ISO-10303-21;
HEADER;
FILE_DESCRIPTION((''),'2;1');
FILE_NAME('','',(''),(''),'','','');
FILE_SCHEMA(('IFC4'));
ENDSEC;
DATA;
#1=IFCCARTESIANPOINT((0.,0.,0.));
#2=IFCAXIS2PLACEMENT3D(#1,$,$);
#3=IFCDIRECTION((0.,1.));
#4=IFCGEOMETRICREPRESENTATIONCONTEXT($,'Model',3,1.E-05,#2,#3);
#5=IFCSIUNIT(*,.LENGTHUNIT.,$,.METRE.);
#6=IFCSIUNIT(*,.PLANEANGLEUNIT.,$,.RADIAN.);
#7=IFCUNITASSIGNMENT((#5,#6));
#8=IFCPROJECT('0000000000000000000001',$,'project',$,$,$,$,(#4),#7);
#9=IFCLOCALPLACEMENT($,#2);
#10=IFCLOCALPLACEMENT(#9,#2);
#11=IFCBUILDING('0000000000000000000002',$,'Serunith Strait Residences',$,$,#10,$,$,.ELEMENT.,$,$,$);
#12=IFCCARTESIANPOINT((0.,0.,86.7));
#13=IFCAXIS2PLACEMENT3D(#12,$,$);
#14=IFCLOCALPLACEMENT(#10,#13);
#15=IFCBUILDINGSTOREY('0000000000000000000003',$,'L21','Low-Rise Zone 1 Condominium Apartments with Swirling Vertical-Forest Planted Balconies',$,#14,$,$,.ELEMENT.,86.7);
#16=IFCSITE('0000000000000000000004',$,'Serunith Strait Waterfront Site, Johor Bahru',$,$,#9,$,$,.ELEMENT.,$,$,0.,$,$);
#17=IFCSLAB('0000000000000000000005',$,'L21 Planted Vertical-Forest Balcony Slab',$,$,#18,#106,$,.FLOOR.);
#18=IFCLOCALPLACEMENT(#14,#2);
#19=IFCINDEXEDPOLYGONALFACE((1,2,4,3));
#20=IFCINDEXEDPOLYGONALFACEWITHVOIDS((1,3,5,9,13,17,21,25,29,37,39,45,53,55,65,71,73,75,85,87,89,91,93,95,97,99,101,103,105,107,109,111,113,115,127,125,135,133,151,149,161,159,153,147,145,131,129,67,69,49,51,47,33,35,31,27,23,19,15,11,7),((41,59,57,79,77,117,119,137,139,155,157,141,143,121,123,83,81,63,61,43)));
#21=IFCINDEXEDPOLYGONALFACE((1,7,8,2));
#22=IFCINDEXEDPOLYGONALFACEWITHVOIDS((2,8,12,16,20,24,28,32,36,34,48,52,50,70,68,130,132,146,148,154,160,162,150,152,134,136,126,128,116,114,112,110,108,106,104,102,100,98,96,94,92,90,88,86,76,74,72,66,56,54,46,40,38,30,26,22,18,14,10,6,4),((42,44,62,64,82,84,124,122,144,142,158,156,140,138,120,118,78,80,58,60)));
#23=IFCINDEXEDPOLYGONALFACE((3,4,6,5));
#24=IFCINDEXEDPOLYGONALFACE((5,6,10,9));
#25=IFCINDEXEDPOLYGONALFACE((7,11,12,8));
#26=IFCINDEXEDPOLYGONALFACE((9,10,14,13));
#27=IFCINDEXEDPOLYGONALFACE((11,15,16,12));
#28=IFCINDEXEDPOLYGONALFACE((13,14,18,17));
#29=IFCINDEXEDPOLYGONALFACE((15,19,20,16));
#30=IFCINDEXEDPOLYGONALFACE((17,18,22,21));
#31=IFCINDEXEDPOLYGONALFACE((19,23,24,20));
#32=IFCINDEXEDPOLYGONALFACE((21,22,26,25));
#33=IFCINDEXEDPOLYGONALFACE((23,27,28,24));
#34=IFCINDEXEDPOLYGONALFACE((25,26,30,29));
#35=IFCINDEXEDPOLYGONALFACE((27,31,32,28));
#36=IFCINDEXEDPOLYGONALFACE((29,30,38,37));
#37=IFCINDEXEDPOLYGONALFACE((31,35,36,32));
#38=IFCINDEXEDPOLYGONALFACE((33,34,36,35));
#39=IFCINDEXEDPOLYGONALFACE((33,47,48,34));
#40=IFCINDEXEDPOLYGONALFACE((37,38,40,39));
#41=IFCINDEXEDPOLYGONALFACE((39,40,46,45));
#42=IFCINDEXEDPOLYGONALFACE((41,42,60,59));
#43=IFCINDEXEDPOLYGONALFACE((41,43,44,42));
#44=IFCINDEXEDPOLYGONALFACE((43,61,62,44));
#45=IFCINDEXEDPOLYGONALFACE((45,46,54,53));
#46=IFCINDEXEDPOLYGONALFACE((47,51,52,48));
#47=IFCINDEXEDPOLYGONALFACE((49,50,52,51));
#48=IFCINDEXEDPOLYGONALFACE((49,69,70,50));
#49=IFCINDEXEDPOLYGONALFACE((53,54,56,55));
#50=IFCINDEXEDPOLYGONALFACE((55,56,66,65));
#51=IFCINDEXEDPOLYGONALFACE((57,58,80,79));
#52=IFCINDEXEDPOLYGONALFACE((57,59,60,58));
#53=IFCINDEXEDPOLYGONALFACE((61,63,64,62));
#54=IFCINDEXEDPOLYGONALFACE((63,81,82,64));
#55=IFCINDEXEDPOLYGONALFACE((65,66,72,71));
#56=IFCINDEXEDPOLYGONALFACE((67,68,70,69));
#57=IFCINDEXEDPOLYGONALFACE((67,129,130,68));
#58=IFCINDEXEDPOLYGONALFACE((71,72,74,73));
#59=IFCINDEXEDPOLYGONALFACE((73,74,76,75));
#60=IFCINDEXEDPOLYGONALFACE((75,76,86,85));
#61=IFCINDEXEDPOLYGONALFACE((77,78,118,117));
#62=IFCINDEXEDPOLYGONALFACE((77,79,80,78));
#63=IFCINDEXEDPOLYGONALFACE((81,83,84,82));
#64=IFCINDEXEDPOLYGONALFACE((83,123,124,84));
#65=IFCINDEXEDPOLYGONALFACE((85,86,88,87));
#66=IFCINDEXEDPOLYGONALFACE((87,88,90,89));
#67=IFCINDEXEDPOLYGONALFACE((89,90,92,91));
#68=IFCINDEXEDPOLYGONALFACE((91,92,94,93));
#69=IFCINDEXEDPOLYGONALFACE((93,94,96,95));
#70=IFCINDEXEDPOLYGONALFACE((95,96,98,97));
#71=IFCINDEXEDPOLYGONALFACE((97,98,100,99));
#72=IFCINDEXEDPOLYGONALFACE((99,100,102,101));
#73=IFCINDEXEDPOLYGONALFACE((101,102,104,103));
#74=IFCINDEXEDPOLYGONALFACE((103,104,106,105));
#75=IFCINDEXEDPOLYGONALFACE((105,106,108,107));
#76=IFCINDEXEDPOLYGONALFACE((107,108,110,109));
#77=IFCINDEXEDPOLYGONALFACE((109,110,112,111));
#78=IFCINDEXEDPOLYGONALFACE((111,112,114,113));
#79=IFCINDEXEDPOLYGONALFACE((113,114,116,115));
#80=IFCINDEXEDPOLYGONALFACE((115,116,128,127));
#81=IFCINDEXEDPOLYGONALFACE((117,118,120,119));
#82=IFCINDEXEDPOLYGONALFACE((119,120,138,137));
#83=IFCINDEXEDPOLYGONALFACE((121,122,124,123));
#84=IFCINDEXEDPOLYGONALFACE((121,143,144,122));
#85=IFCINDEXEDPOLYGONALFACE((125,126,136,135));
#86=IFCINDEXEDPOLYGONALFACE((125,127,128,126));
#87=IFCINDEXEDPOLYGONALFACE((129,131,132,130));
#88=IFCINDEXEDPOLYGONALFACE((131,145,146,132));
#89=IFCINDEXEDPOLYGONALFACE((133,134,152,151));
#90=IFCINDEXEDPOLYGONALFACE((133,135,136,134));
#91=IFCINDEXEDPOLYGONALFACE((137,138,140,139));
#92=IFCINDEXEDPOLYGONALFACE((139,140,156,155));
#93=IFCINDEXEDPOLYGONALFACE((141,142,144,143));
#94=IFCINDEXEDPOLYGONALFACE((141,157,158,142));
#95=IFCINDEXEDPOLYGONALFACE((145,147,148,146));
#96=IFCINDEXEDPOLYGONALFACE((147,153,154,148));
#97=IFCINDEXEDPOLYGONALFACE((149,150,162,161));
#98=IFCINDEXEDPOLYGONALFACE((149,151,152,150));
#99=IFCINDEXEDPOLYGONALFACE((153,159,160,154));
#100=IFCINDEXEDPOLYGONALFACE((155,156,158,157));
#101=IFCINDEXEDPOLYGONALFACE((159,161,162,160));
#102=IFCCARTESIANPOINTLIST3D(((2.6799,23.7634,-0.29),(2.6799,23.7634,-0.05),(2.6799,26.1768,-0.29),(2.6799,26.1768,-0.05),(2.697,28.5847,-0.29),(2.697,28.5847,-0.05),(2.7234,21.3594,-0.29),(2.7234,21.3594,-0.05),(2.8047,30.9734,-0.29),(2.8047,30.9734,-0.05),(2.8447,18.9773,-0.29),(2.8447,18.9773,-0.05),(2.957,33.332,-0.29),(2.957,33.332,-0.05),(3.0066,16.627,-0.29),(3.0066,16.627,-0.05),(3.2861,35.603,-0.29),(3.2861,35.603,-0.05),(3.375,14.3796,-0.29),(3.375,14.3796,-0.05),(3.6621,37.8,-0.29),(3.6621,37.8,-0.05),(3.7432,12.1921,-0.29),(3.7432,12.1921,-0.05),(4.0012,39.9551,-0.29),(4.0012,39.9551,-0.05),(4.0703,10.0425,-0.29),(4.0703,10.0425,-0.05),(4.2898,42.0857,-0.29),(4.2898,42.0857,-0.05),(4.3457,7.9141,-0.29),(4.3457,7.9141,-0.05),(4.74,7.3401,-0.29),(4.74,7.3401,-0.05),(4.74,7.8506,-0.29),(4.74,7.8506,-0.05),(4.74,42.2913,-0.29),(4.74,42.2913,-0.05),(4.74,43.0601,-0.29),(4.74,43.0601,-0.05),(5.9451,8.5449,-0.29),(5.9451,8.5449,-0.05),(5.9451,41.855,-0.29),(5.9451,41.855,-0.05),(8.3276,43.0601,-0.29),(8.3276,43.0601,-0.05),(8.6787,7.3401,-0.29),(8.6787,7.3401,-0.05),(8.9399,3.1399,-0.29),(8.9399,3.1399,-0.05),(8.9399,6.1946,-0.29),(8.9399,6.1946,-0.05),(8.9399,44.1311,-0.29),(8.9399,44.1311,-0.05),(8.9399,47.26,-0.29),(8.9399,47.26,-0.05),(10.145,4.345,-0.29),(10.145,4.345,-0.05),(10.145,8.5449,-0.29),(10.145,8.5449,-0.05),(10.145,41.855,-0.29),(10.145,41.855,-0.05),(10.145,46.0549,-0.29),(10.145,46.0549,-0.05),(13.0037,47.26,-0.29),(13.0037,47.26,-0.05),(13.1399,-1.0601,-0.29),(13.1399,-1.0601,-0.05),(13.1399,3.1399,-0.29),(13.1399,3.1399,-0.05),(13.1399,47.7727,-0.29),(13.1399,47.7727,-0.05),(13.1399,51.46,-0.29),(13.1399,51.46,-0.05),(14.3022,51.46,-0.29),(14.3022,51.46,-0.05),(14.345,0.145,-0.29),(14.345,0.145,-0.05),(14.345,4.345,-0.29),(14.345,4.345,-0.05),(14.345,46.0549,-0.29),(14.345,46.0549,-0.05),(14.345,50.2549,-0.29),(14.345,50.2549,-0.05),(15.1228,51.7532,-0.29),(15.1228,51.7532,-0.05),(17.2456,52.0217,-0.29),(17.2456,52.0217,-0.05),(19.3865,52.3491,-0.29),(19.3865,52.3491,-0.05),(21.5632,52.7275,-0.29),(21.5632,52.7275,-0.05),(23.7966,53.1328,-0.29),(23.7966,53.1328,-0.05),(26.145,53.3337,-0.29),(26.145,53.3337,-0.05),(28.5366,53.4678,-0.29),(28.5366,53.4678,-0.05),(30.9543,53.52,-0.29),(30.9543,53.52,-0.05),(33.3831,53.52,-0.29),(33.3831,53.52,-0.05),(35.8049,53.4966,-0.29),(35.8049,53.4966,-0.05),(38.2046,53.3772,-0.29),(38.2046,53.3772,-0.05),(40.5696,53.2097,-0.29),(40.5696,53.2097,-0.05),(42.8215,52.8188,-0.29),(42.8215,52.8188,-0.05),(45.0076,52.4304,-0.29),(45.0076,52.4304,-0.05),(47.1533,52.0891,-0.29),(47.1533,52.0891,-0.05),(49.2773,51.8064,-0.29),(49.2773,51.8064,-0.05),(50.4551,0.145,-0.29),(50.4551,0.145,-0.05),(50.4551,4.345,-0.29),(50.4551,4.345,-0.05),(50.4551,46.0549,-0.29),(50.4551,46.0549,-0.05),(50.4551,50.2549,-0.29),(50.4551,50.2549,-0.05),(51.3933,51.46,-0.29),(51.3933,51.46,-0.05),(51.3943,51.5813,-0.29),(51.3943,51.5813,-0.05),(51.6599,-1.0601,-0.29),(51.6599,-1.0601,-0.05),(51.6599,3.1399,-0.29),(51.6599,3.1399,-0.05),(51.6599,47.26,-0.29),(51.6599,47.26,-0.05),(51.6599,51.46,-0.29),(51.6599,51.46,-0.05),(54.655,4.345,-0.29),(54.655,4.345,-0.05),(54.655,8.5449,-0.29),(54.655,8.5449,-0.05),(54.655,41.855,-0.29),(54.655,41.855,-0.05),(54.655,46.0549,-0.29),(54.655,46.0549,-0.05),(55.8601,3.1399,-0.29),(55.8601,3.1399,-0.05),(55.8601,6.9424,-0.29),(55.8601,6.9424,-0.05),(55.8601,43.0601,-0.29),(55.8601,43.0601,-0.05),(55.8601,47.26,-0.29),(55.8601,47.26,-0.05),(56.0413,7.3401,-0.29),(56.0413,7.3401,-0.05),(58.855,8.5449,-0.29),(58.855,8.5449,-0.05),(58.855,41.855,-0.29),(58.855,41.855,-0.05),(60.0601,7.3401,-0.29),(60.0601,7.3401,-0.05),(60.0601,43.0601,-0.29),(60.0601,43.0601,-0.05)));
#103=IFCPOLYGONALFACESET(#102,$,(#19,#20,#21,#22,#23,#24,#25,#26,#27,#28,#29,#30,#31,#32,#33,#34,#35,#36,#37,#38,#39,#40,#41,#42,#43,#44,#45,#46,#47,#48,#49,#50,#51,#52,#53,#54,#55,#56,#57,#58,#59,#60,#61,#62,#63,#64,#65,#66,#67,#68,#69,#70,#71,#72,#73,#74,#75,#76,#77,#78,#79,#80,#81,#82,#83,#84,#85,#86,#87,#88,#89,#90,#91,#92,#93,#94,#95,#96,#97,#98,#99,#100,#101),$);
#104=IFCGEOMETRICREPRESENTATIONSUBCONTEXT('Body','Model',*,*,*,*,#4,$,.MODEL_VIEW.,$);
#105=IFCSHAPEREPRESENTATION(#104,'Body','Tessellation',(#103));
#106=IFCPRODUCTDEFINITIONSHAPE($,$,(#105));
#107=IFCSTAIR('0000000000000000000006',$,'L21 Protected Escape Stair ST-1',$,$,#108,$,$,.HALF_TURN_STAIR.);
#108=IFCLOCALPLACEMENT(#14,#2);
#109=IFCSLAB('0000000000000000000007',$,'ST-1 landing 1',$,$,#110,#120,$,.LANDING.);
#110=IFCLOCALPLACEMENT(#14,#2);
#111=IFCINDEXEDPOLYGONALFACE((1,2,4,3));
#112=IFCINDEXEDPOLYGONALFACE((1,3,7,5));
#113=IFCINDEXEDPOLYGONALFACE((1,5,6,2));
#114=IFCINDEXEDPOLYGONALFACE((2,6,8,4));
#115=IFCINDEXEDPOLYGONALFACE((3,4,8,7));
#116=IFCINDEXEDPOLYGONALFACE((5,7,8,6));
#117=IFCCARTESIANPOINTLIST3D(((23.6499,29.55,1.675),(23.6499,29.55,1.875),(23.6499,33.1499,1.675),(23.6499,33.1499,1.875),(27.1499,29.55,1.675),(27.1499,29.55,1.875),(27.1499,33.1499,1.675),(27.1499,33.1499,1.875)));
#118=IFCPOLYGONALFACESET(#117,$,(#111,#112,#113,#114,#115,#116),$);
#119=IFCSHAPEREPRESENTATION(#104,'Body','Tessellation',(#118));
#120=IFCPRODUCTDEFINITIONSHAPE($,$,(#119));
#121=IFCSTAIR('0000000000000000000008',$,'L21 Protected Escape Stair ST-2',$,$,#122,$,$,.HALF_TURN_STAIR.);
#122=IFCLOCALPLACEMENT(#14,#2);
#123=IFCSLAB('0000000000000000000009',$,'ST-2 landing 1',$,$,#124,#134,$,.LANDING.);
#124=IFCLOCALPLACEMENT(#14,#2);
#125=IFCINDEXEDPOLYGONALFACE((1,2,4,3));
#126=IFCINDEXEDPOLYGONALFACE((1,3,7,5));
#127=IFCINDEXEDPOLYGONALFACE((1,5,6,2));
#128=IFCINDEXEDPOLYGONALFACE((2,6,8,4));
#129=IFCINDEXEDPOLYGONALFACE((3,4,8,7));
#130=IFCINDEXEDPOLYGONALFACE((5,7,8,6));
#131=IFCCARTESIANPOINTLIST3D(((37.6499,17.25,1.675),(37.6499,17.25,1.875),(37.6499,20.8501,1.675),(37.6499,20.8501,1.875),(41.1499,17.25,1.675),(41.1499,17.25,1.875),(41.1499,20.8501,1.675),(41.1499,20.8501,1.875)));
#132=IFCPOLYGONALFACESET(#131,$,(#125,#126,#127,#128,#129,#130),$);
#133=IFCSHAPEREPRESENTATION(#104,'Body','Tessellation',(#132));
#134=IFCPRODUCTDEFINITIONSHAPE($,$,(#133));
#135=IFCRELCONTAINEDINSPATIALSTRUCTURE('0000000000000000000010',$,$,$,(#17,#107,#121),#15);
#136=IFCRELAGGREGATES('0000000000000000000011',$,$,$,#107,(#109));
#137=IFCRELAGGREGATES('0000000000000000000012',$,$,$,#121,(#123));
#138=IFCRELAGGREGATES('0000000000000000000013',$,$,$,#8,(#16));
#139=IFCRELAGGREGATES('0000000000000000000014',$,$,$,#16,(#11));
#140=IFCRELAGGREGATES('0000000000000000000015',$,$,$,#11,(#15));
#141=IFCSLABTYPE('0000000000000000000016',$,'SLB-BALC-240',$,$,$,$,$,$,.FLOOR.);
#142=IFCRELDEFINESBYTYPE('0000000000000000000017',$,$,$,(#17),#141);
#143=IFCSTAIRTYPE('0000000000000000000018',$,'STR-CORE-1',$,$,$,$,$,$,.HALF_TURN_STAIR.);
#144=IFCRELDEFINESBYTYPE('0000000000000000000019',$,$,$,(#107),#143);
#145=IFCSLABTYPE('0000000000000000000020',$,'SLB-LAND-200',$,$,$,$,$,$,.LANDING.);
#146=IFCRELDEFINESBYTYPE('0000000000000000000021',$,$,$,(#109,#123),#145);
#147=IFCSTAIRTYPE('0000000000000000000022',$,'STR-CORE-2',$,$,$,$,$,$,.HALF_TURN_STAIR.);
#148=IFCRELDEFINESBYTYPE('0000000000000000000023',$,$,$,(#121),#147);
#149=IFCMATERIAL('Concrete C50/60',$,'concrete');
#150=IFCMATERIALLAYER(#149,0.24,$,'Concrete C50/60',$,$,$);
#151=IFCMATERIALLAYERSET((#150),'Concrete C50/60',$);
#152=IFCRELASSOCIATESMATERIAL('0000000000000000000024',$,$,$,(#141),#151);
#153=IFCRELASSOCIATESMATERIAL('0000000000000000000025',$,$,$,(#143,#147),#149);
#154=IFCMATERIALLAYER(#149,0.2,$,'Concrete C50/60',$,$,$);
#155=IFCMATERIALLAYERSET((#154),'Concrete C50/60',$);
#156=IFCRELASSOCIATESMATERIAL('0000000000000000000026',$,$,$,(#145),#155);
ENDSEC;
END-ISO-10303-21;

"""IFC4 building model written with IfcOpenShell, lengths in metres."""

from ifc_helpers import new_model, si_unit, direction, frame, origin, place, context, subcontext, project, spatial, polyline, outline, extrude, material, layer, layer_set, type_object, element, aggregate, save


model = new_model("IFC4")

# Units and contexts
model_context = context("Model", 3, precision=1e-05, world=origin(), true_north=direction((0.0, 1.0)))
body_context = subcontext(model_context, "Body", "Model", "MODEL_VIEW")
ifc_project = project(units=[si_unit("LENGTHUNIT", "METRE"), si_unit("PLANEANGLEUNIT", "RADIAN")], contexts=[model_context])

# Site, building, storey
site_placement = place(None, origin())
site = spatial("IfcSite", under=ifc_project, at=site_placement, Name="Serunith Strait Waterfront Site, Johor Bahru", CompositionType="ELEMENT", RefElevation=0.0)
building_placement = place(site_placement, origin())
building = spatial("IfcBuilding", under=site, at=building_placement, Name="Serunith Strait Residences", CompositionType="ELEMENT")
storey_placement = place(building_placement, frame((0.0, 0.0, 86.7)))
storey = spatial("IfcBuildingStorey", under=building, at=storey_placement, Name="L21", Description="Low-Rise Zone 1 Condominium Apartments with Swirling Vertical-Forest Planted Balconies", CompositionType="ELEMENT", Elevation=86.7)

# Slab
ifc_material_1 = material(Name="Concrete C50/60", Category="concrete")
ifc_layer_1 = layer(ifc_material_1, 0.24, Name="Concrete C50/60")
ifc_layer_set_1 = layer_set([ifc_layer_1], Name="Concrete C50/60")
slab_type_1 = type_object("IfcSlabType", Name="SLB-BALC-240", PredefinedType="FLOOR", material=ifc_layer_set_1)
slab_1_placement = place(storey_placement, frame((0.0, 0.0, -0.29)))
element("IfcSlab", 1, at=slab_1_placement, inside=storey, type_object=slab_type_1, Name="L21 Planted Vertical-Forest Balcony Slab", PredefinedType="FLOOR", context=body_context, shape_type="SweptSolid", body=[
    extrude(outline(polyline([(4.74, 7.8506), (4.3457, 7.9141), (4.0703, 10.0425), (3.7432, 12.1921), (3.375, 14.3796), (3.0066, 16.627), (2.8447, 18.9773), (2.7234, 21.3594), (2.6799, 23.7634), (2.6799, 26.1768), (2.697, 28.5847), (2.8047, 30.9734), (2.957, 33.332), (3.2861, 35.603), (3.6621, 37.8), (4.0012, 39.9551), (4.2898, 42.0857), (4.74, 42.2913), (4.74, 43.0601), (8.3276, 43.0601), (8.9399, 44.1311), (8.9399, 47.26), (13.0037, 47.26), (13.1399, 47.7727), (13.1399, 51.46), (14.3022, 51.46), (15.1228, 51.7532), (17.2456, 52.0217), (19.3865, 52.3491), (21.5632, 52.7275), (23.7966, 53.1328), (26.145, 53.3337), (28.5366, 53.4678), (30.9543, 53.52), (33.3831, 53.52), (35.8049, 53.4966), (38.2046, 53.3772), (40.5696, 53.2097), (42.8215, 52.8188), (45.0076, 52.4304), (47.1533, 52.0891), (49.2773, 51.8064), (51.3943, 51.5813), (51.3933, 51.46), (51.6599, 51.46), (51.6599, 47.26), (55.8601, 47.26), (55.8601, 43.0601), (60.0601, 43.0601), (60.0601, 7.3401), (56.0413, 7.3401), (55.8601, 6.9424), (55.8601, 3.1399), (51.6599, 3.1399), (51.6599, -1.0601), (13.1399, -1.0601), (13.1399, 3.1399), (8.9399, 3.1399), (8.9399, 6.1946), (8.6787, 7.3401), (4.74, 7.3401), (4.74, 7.8506)]), holes=[polyline([(50.4551, 0.145), (50.4551, 4.345), (54.655, 4.345), (54.655, 8.5449), (58.855, 8.5449), (58.855, 41.855), (54.655, 41.855), (54.655, 46.0549), (50.4551, 46.0549), (50.4551, 50.2549), (14.345, 50.2549), (14.345, 46.0549), (10.145, 46.0549), (10.145, 41.855), (5.9451, 41.855), (5.9451, 8.5449), (10.145, 8.5449), (10.145, 4.345), (14.345, 4.345), (14.345, 0.145), (50.4551, 0.145)])]), origin(), (0.0, 0.0, 1.0), 0.24),
])

# Stairs, slabs
stair_type_1 = type_object("IfcStairType", Name="STR-CORE-1", PredefinedType="HALF_TURN_STAIR", material=ifc_material_1)
stair_1_placement = place(storey_placement, origin())
stair_1 = element("IfcStair", 2, at=stair_1_placement, inside=storey, type_object=stair_type_1, Name="L21 Protected Escape Stair ST-1", PredefinedType="HALF_TURN_STAIR")
ifc_layer_2 = layer(ifc_material_1, 0.2, Name="Concrete C50/60")
ifc_layer_set_2 = layer_set([ifc_layer_2], Name="Concrete C50/60")
slab_type_2 = type_object("IfcSlabType", Name="SLB-LAND-200", PredefinedType="LANDING", material=ifc_layer_set_2)
slab_2_placement = place(storey_placement, frame((0.0, 0.0, 1.675)))
slab_2 = element("IfcSlab", 3, at=slab_2_placement, type_object=slab_type_2, Name="ST-1 landing 1", PredefinedType="LANDING", context=body_context, shape_type="SweptSolid", body=[
    extrude(outline(polyline([(27.1499, 29.55), (27.1499, 33.1499), (23.6499, 33.1499), (23.6499, 29.55), (27.1499, 29.55)])), origin(), (0.0, 0.0, 1.0), 0.2),
])
aggregate(stair_1, [slab_2])
stair_type_2 = type_object("IfcStairType", Name="STR-CORE-2", PredefinedType="HALF_TURN_STAIR", material=ifc_material_1)
stair_2_placement = place(storey_placement, origin())
stair_2 = element("IfcStair", 4, at=stair_2_placement, inside=storey, type_object=stair_type_2, Name="L21 Protected Escape Stair ST-2", PredefinedType="HALF_TURN_STAIR")
slab_3_placement = place(storey_placement, frame((0.0, 0.0, 1.675)))
slab_3 = element("IfcSlab", 5, at=slab_3_placement, type_object=slab_type_2, Name="ST-2 landing 1", PredefinedType="LANDING", context=body_context, shape_type="SweptSolid", body=[
    extrude(outline(polyline([(37.6499, 20.8501), (37.6499, 17.25), (41.1499, 17.25), (41.1499, 20.8501), (37.6499, 20.8501)])), origin(), (0.0, 0.0, 1.0), 0.2),
])
aggregate(stair_2, [slab_3])

save(model, "model.ifc")
